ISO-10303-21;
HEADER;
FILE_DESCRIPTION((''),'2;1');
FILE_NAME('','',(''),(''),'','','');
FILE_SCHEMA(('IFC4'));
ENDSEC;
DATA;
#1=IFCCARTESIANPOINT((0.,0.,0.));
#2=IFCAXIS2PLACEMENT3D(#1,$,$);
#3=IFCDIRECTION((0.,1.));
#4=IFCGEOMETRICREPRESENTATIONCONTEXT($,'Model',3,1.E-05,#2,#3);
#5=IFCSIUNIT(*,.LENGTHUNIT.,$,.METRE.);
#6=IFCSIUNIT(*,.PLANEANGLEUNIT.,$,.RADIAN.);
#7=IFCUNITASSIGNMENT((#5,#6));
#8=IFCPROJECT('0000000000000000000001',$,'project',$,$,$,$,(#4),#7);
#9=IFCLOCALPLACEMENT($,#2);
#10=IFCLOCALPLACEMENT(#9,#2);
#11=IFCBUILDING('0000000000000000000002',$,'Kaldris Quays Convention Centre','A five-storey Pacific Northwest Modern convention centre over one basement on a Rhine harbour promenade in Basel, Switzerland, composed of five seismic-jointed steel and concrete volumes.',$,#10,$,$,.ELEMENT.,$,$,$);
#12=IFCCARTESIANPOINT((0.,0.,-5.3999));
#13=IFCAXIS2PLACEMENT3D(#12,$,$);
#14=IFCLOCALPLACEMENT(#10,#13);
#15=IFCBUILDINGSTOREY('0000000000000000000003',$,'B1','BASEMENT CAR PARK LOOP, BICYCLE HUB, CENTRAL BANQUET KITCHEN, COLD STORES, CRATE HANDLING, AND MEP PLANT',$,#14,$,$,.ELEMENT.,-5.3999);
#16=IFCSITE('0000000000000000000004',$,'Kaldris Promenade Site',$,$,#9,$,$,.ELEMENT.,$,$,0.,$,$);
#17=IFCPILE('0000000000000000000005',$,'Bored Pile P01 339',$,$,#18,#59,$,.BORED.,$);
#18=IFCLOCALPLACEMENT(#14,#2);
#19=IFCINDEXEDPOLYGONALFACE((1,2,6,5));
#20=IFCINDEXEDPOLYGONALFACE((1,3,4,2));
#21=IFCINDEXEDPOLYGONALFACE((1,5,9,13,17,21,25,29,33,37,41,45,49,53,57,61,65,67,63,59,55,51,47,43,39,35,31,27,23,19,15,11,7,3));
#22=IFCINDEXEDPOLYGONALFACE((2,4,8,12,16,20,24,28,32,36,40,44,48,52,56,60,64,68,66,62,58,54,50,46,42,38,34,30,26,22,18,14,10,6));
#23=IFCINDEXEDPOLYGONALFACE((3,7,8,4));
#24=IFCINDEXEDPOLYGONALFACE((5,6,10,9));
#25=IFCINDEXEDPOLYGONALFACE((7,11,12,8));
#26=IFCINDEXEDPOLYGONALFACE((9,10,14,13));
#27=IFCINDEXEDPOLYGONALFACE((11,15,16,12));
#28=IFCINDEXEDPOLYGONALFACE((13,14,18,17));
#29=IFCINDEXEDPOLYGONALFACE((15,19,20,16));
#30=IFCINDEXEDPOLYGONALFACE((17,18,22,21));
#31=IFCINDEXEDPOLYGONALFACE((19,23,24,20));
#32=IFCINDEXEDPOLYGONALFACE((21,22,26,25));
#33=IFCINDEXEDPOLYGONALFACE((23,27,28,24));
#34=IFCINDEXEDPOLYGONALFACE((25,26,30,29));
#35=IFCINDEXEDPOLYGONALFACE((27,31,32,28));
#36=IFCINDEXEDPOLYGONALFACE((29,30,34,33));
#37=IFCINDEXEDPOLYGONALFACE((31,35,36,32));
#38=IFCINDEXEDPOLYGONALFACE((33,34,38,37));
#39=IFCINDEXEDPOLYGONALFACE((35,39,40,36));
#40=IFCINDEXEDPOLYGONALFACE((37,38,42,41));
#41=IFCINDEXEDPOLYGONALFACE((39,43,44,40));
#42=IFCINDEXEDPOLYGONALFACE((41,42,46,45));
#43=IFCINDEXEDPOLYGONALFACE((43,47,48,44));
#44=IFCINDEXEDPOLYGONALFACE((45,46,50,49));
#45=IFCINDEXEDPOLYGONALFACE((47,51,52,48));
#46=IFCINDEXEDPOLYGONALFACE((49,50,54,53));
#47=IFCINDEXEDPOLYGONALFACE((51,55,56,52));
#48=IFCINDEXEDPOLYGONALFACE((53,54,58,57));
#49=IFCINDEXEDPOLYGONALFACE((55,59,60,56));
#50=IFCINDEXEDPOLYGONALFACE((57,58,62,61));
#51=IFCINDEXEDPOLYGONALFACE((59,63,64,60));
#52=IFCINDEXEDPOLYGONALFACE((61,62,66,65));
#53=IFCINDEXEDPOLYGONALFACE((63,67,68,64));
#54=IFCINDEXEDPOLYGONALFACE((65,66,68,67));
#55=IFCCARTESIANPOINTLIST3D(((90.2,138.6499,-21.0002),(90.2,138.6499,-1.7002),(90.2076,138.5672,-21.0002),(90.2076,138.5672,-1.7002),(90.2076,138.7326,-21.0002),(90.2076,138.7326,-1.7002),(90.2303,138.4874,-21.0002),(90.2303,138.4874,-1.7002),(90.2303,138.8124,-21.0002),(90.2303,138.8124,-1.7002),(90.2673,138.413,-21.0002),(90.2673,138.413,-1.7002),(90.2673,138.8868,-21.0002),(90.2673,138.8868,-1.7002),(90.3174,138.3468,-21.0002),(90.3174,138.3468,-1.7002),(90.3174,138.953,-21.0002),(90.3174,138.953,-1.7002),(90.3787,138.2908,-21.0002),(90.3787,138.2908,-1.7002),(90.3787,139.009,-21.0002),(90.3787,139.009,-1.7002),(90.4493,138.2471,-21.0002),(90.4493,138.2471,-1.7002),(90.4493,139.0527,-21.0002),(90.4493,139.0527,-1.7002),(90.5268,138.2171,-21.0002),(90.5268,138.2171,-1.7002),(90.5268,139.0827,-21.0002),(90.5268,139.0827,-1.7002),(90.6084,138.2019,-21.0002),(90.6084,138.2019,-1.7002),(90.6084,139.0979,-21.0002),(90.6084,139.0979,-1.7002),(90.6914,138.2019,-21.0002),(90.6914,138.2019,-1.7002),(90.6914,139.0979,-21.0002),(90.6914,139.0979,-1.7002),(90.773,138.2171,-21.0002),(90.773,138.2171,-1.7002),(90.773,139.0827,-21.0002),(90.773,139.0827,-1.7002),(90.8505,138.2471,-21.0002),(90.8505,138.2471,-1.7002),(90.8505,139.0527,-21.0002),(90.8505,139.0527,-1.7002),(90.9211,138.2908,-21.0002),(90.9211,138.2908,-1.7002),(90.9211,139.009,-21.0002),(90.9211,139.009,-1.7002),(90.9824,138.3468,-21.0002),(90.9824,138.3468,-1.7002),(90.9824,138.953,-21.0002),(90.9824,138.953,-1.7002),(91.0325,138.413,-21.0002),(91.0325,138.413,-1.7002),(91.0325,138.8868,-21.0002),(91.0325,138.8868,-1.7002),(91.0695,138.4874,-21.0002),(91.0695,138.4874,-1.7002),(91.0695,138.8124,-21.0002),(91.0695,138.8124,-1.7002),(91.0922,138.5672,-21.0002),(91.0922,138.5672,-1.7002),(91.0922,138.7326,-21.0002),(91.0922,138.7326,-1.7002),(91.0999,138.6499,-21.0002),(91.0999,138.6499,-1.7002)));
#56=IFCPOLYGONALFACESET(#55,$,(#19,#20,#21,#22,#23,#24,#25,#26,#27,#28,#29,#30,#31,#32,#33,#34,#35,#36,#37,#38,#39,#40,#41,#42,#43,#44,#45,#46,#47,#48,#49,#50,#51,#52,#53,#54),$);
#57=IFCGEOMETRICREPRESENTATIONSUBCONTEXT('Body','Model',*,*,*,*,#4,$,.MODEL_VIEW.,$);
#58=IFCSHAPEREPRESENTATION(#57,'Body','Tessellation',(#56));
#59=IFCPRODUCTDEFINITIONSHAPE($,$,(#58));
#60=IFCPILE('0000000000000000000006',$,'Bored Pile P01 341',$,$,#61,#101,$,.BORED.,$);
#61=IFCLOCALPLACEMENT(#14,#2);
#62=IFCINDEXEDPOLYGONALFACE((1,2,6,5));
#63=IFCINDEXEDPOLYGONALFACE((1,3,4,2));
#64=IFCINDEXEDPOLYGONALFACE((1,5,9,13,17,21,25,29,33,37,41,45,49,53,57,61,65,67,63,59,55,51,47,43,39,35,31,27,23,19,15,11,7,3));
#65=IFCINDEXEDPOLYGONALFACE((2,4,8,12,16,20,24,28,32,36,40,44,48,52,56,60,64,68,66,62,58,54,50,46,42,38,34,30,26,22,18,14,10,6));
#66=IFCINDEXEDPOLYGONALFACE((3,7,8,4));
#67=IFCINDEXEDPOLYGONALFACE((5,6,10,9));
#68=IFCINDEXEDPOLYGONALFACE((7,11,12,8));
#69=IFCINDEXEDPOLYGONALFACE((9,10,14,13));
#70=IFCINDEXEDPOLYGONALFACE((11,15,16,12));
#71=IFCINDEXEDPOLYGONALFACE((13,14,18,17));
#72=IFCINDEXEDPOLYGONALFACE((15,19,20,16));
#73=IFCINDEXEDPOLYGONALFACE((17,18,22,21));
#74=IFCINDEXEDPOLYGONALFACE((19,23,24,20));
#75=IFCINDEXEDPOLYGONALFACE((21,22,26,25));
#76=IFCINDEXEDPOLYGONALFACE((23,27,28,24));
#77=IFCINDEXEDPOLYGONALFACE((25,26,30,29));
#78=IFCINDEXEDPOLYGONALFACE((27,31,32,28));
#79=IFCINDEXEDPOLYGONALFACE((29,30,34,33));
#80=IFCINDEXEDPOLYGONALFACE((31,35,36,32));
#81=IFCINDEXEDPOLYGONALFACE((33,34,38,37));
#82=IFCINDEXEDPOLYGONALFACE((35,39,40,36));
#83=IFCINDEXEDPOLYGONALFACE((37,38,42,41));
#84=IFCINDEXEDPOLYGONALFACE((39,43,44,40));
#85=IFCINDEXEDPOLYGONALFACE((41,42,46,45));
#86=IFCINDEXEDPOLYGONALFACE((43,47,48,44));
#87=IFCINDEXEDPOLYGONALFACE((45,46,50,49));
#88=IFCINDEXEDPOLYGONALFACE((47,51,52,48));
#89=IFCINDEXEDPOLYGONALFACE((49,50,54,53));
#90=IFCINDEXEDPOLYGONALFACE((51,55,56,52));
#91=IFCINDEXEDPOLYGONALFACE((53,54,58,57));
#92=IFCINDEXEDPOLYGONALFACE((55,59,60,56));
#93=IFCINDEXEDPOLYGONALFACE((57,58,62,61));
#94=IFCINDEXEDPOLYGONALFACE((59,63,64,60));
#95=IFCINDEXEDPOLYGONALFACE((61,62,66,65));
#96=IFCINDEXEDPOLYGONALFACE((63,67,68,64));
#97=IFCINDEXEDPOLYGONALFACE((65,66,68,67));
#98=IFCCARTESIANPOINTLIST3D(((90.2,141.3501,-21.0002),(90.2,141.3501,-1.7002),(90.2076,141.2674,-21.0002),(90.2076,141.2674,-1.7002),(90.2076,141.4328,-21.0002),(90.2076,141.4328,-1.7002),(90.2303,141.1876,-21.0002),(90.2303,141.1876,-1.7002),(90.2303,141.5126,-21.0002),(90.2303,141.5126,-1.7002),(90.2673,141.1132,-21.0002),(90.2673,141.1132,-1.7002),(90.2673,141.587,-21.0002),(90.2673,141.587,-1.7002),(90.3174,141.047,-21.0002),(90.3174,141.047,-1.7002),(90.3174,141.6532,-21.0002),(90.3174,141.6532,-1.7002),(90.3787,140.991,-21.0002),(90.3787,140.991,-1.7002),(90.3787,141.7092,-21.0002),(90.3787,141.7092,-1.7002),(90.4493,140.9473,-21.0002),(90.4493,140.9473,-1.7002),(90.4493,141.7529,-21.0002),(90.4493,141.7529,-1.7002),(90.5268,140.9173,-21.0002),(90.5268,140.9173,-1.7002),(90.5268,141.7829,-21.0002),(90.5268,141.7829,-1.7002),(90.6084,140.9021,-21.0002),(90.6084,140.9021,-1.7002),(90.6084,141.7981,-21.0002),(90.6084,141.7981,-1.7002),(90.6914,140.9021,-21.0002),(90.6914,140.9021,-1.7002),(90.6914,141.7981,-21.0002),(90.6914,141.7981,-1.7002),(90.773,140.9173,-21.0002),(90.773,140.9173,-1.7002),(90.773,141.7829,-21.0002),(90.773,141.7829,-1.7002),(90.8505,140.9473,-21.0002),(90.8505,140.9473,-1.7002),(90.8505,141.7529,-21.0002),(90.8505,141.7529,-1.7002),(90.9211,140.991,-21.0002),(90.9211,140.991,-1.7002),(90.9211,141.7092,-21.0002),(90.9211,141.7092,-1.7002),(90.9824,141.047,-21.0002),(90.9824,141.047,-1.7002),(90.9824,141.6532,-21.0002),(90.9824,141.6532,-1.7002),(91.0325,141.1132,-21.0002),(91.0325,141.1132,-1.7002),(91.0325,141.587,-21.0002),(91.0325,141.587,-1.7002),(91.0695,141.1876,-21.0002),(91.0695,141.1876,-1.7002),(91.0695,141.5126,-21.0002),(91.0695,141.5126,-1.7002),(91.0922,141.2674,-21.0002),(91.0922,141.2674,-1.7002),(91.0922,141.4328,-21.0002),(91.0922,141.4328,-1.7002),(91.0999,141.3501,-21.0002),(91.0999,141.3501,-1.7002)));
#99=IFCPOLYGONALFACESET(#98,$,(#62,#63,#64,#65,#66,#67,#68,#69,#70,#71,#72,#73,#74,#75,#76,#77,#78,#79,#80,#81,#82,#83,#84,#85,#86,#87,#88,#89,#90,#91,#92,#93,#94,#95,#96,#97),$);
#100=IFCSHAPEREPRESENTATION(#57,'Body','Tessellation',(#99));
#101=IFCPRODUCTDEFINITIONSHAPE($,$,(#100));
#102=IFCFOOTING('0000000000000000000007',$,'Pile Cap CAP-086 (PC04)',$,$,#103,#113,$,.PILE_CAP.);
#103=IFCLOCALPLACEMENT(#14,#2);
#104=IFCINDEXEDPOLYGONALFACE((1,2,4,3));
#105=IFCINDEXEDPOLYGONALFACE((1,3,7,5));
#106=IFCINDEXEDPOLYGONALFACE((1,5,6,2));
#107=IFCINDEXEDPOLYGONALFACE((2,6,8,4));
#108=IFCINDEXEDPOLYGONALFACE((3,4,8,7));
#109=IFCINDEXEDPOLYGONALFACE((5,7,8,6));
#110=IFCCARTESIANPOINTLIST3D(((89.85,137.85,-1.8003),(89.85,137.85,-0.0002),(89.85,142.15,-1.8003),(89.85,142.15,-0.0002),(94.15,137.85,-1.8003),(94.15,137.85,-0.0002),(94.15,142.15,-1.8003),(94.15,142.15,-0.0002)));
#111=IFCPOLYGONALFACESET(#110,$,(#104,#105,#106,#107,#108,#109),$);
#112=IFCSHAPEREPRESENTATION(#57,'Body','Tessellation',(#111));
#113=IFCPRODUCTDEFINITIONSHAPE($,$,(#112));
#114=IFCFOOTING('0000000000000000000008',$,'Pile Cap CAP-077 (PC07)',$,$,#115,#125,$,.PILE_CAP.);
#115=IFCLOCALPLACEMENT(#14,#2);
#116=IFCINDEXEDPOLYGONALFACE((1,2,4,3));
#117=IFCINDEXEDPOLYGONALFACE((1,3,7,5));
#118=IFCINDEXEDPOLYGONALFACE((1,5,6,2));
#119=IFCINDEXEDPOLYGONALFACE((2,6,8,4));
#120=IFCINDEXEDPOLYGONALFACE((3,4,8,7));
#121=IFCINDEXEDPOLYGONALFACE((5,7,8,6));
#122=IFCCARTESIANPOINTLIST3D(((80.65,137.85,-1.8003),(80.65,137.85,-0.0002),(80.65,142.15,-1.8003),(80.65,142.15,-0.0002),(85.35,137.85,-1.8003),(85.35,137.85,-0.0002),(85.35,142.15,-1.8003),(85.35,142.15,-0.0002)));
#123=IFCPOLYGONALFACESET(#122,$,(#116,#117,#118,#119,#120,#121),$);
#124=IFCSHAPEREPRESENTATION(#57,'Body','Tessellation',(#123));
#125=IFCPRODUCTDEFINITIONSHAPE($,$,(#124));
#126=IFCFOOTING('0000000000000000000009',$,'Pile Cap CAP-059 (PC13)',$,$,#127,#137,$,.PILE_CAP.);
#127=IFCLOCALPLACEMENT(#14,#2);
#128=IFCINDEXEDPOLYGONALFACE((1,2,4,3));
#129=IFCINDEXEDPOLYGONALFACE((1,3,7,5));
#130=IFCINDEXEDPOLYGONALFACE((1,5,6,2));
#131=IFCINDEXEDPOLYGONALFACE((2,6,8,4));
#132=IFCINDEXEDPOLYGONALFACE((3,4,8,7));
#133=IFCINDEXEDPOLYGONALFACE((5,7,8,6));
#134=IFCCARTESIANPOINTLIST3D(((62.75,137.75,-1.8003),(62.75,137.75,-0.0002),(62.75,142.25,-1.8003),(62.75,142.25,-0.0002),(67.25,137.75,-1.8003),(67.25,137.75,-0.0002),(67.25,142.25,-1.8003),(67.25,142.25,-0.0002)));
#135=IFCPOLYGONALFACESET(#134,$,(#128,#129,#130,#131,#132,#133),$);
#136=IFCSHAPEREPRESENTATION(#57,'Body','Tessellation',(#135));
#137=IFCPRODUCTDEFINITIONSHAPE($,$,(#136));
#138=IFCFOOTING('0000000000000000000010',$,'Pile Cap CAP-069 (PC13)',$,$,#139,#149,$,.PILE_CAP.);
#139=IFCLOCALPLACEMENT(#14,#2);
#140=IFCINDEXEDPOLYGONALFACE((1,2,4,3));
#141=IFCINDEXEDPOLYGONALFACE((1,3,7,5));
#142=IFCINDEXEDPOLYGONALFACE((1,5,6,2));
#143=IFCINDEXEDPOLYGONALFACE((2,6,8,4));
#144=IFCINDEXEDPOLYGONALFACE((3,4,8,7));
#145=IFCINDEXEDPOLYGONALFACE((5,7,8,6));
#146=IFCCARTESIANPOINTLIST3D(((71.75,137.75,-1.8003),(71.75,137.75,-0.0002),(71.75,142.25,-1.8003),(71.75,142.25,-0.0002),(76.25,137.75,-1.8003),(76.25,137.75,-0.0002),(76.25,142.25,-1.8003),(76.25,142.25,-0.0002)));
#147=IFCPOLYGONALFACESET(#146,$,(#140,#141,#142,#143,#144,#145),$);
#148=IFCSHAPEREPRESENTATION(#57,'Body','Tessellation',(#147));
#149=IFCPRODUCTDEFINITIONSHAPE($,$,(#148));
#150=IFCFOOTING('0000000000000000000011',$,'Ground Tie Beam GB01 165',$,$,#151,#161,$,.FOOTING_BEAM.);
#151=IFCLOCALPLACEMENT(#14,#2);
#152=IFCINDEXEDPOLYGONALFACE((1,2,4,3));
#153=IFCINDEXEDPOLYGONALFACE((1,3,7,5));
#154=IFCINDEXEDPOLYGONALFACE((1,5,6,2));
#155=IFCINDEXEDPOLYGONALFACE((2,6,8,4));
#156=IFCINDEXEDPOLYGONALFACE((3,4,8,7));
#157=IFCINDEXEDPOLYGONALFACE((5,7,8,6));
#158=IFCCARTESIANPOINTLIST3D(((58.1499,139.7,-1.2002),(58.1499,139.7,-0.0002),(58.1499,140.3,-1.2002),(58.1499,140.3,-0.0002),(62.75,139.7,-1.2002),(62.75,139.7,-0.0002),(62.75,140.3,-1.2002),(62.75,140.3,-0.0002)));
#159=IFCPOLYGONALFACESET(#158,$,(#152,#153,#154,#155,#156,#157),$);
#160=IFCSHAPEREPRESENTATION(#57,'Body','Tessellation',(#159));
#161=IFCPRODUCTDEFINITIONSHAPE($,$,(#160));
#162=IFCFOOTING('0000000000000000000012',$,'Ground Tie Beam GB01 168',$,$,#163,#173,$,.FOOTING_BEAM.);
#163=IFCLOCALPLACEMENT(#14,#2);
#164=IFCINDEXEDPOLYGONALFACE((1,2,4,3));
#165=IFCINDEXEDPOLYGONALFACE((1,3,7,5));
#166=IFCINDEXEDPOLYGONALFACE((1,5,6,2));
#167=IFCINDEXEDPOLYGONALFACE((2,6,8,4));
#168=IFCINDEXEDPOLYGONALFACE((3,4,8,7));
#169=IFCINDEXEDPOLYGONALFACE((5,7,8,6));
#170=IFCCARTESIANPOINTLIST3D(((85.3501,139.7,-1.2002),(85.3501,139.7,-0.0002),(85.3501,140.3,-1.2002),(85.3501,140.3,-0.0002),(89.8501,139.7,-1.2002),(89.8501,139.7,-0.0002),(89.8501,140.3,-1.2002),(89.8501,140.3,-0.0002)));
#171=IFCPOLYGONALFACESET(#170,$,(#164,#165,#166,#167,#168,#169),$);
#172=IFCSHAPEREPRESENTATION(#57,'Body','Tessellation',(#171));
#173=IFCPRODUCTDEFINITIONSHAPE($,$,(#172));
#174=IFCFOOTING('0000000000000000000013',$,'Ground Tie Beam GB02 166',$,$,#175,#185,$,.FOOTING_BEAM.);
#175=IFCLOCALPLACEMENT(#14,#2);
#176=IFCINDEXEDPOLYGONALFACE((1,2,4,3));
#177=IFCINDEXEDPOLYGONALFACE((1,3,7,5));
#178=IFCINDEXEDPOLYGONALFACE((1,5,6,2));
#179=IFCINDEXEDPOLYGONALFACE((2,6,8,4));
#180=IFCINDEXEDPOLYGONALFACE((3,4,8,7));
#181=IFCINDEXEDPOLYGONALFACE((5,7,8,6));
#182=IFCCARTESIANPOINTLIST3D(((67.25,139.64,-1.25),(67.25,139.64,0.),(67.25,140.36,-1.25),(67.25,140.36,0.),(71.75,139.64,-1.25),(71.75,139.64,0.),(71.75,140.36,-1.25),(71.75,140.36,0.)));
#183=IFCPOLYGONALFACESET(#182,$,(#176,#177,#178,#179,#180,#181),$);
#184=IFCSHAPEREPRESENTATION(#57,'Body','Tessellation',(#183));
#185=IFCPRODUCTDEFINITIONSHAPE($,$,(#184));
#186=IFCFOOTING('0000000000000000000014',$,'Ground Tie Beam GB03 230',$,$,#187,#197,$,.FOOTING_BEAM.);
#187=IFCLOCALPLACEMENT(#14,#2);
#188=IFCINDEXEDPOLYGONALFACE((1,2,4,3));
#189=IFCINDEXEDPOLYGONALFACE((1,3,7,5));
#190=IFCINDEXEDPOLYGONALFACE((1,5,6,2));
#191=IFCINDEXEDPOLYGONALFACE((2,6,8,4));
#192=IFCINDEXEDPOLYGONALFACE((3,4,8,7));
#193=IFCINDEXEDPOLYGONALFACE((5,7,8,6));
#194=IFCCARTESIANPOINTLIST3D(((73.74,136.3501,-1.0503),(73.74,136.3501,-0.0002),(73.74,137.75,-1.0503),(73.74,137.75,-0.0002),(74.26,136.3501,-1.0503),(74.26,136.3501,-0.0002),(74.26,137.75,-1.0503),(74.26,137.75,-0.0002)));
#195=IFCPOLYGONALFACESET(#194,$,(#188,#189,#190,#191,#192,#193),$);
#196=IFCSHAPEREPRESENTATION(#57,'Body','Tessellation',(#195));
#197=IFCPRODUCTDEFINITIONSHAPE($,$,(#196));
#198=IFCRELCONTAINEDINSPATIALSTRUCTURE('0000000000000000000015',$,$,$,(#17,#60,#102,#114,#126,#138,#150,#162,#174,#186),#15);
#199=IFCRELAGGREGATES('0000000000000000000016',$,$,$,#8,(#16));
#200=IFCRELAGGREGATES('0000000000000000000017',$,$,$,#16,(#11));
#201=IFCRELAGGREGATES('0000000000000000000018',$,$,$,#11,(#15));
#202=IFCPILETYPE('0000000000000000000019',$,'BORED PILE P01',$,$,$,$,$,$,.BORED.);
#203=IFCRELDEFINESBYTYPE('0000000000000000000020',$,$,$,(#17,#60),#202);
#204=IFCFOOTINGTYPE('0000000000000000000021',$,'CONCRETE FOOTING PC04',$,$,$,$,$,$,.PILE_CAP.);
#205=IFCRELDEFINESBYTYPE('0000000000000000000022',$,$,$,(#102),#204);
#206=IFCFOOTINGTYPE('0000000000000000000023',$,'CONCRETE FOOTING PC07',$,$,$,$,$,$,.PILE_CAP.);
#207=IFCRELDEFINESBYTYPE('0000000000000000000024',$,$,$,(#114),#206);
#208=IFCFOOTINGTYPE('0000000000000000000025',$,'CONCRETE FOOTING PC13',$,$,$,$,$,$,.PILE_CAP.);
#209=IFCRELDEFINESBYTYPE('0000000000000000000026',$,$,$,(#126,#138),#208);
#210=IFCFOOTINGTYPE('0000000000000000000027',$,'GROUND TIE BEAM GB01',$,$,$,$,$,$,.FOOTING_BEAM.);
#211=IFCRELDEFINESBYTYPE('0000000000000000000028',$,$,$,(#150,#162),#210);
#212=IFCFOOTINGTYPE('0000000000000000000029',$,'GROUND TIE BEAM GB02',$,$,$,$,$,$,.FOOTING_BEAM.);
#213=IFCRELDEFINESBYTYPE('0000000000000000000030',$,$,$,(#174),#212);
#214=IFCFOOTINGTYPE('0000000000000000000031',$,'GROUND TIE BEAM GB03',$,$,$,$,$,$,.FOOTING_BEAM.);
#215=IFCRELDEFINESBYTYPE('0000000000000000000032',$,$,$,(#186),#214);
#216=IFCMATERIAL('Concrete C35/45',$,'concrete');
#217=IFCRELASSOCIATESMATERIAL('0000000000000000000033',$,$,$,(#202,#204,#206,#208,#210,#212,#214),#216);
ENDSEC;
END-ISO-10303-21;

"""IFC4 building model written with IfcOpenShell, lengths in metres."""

from ifc_helpers import new_model, si_unit, direction, frame, origin, origin_2d, place, context, subcontext, project, spatial, rectangle, circle, extrude, material, material_profile, profile_set, type_object, element, save


model = new_model("IFC4")

# Units and contexts
model_context = context("Model", 3, precision=1e-05, world=origin(), true_north=direction((0.0, 1.0)))
body_context = subcontext(model_context, "Body", "Model", "MODEL_VIEW")
ifc_project = project(units=[si_unit("LENGTHUNIT", "METRE"), si_unit("PLANEANGLEUNIT", "RADIAN")], contexts=[model_context])

# Site, building, storey
site_placement = place(None, origin())
site = spatial("IfcSite", under=ifc_project, at=site_placement, Name="Kaldris Promenade Site", CompositionType="ELEMENT", RefElevation=0.0)
building_placement = place(site_placement, origin())
building = spatial("IfcBuilding", under=site, at=building_placement, Name="Kaldris Quays Convention Centre", Description="A five-storey Pacific Northwest Modern convention centre over one basement on a Rhine harbour promenade in Basel, Switzerland, composed of five seismic-jointed steel and concrete volumes.", CompositionType="ELEMENT")
storey_placement = place(building_placement, frame((0.0, 0.0, -5.3999)))
storey = spatial("IfcBuildingStorey", under=building, at=storey_placement, Name="B1", Description="BASEMENT CAR PARK LOOP, BICYCLE HUB, CENTRAL BANQUET KITCHEN, COLD STORES, CRATE HANDLING, AND MEP PLANT", CompositionType="ELEMENT", Elevation=-5.3999)

# Piles
ifc_material_1 = material(Name="Concrete C35/45", Category="concrete")
ifc_material_profile_1 = material_profile(ifc_material_1, circle(Radius=0.45, at=origin_2d()), Name="BORED PILE D900")
ifc_profile_set_1 = profile_set([ifc_material_profile_1], Name="Concrete C35/45")
pile_type = type_object("IfcPileType", Name="BORED PILE P01", PredefinedType="BORED", material=ifc_profile_set_1)
for number, where, z_axis, x_axis, name in (
    (1, (90.6499, 138.6499, -1.7002), (0.0, 0.0, -1.0), (1.0, 0.0, 0.0), "Bored Pile P01 339"),
    (2, (90.6499, 141.3501, -1.7002), (0.0, 0.0, -1.0), (1.0, 0.0, 0.0), "Bored Pile P01 341"),
):
    element("IfcPile", number, at=place(storey_placement, frame(where, z_axis=z_axis, x_axis=x_axis)), inside=storey, type_object=pile_type, Name=name, PredefinedType="BORED", context=body_context, shape_type="SweptSolid", body=[
        extrude(circle(Radius=0.45, at=origin_2d()), origin(), (0.0, 0.0, 1.0), 19.3),
    ])

# Footings
footing_type_1 = type_object("IfcFootingType", Name="CONCRETE FOOTING PC04", PredefinedType="PILE_CAP", material=ifc_material_1)
footing_1_placement = place(storey_placement, frame((92.0, 140.0, -1.8003), z_axis=(0.0, 0.0, 1.0), x_axis=(1.0, 0.0, 0.0)))
element("IfcFooting", 3, at=footing_1_placement, inside=storey, type_object=footing_type_1, Name="Pile Cap CAP-086 (PC04)", PredefinedType="PILE_CAP", context=body_context, shape_type="SweptSolid", body=[
    extrude(rectangle(XDim=4.3, YDim=4.3, at=origin_2d()), origin(), (0.0, 0.0, 1.0), 1.8),
])
footing_type_2 = type_object("IfcFootingType", Name="CONCRETE FOOTING PC07", PredefinedType="PILE_CAP", material=ifc_material_1)
footing_2_placement = place(storey_placement, frame((83.0, 140.0, -1.8003), z_axis=(0.0, 0.0, 1.0), x_axis=(1.0, 0.0, 0.0)))
element("IfcFooting", 4, at=footing_2_placement, inside=storey, type_object=footing_type_2, Name="Pile Cap CAP-077 (PC07)", PredefinedType="PILE_CAP", context=body_context, shape_type="SweptSolid", body=[
    extrude(rectangle(XDim=4.7, YDim=4.3, at=origin_2d()), origin(), (0.0, 0.0, 1.0), 1.8),
])
footing_type_3 = type_object("IfcFootingType", Name="CONCRETE FOOTING PC13", PredefinedType="PILE_CAP", material=ifc_material_1)
for number, where, z_axis, x_axis, name in (
    (5, (65.0, 140.0, -1.8003), (0.0, 0.0, 1.0), (1.0, 0.0, 0.0), "Pile Cap CAP-059 (PC13)"),
    (6, (74.0, 140.0, -1.8003), (0.0, 0.0, 1.0), (1.0, 0.0, 0.0), "Pile Cap CAP-069 (PC13)"),
):
    element("IfcFooting", number, at=place(storey_placement, frame(where, z_axis=z_axis, x_axis=x_axis)), inside=storey, type_object=footing_type_3, Name=name, PredefinedType="PILE_CAP", context=body_context, shape_type="SweptSolid", body=[
        extrude(rectangle(XDim=4.5, YDim=4.5, at=origin_2d()), origin(), (0.0, 0.0, 1.0), 1.8),
    ])
footing_type_4 = type_object("IfcFootingType", Name="GROUND TIE BEAM GB01", PredefinedType="FOOTING_BEAM", material=ifc_material_1)
footing_3_placement = place(storey_placement, frame((60.45, 140.0, -1.2002), z_axis=(0.0, 0.0, 1.0), x_axis=(1.0, 0.0, 0.0)))
element("IfcFooting", 7, at=footing_3_placement, inside=storey, type_object=footing_type_4, Name="Ground Tie Beam GB01 165", PredefinedType="FOOTING_BEAM", context=body_context, shape_type="SweptSolid", body=[
    extrude(rectangle(XDim=4.6001, YDim=0.6001, at=origin_2d()), origin(), (0.0, 0.0, 1.0), 1.2),
])
footing_4_placement = place(storey_placement, frame((87.6001, 140.0, -1.2002), z_axis=(0.0, 0.0, 1.0), x_axis=(1.0, 0.0, 0.0)))
element("IfcFooting", 8, at=footing_4_placement, inside=storey, type_object=footing_type_4, Name="Ground Tie Beam GB01 168", PredefinedType="FOOTING_BEAM", context=body_context, shape_type="SweptSolid", body=[
    extrude(rectangle(XDim=4.5, YDim=0.6001, at=origin_2d()), origin(), (0.0, 0.0, 1.0), 1.2),
])
footing_type_5 = type_object("IfcFootingType", Name="GROUND TIE BEAM GB02", PredefinedType="FOOTING_BEAM", material=ifc_material_1)
footing_5_placement = place(storey_placement, frame((69.5, 140.0, -1.25), z_axis=(0.0, 0.0, 1.0), x_axis=(1.0, 0.0, 0.0)))
element("IfcFooting", 9, at=footing_5_placement, inside=storey, type_object=footing_type_5, Name="Ground Tie Beam GB02 166", PredefinedType="FOOTING_BEAM", context=body_context, shape_type="SweptSolid", body=[
    extrude(rectangle(XDim=4.5, YDim=0.72, at=origin_2d()), origin(), (0.0, 0.0, 1.0), 1.25),
])
footing_type_6 = type_object("IfcFootingType", Name="GROUND TIE BEAM GB03", PredefinedType="FOOTING_BEAM", material=ifc_material_1)
footing_6_placement = place(storey_placement, frame((74.0, 137.05, -1.0503), z_axis=(0.0, 0.0, 1.0), x_axis=(1.0, 0.0, 0.0)))
element("IfcFooting", 10, at=footing_6_placement, inside=storey, type_object=footing_type_6, Name="Ground Tie Beam GB03 230", PredefinedType="FOOTING_BEAM", context=body_context, shape_type="SweptSolid", body=[
    extrude(rectangle(XDim=0.52, YDim=1.3999, at=origin_2d()), origin(), (0.0, 0.0, 1.0), 1.05),
])

save(model, "model.ifc")
